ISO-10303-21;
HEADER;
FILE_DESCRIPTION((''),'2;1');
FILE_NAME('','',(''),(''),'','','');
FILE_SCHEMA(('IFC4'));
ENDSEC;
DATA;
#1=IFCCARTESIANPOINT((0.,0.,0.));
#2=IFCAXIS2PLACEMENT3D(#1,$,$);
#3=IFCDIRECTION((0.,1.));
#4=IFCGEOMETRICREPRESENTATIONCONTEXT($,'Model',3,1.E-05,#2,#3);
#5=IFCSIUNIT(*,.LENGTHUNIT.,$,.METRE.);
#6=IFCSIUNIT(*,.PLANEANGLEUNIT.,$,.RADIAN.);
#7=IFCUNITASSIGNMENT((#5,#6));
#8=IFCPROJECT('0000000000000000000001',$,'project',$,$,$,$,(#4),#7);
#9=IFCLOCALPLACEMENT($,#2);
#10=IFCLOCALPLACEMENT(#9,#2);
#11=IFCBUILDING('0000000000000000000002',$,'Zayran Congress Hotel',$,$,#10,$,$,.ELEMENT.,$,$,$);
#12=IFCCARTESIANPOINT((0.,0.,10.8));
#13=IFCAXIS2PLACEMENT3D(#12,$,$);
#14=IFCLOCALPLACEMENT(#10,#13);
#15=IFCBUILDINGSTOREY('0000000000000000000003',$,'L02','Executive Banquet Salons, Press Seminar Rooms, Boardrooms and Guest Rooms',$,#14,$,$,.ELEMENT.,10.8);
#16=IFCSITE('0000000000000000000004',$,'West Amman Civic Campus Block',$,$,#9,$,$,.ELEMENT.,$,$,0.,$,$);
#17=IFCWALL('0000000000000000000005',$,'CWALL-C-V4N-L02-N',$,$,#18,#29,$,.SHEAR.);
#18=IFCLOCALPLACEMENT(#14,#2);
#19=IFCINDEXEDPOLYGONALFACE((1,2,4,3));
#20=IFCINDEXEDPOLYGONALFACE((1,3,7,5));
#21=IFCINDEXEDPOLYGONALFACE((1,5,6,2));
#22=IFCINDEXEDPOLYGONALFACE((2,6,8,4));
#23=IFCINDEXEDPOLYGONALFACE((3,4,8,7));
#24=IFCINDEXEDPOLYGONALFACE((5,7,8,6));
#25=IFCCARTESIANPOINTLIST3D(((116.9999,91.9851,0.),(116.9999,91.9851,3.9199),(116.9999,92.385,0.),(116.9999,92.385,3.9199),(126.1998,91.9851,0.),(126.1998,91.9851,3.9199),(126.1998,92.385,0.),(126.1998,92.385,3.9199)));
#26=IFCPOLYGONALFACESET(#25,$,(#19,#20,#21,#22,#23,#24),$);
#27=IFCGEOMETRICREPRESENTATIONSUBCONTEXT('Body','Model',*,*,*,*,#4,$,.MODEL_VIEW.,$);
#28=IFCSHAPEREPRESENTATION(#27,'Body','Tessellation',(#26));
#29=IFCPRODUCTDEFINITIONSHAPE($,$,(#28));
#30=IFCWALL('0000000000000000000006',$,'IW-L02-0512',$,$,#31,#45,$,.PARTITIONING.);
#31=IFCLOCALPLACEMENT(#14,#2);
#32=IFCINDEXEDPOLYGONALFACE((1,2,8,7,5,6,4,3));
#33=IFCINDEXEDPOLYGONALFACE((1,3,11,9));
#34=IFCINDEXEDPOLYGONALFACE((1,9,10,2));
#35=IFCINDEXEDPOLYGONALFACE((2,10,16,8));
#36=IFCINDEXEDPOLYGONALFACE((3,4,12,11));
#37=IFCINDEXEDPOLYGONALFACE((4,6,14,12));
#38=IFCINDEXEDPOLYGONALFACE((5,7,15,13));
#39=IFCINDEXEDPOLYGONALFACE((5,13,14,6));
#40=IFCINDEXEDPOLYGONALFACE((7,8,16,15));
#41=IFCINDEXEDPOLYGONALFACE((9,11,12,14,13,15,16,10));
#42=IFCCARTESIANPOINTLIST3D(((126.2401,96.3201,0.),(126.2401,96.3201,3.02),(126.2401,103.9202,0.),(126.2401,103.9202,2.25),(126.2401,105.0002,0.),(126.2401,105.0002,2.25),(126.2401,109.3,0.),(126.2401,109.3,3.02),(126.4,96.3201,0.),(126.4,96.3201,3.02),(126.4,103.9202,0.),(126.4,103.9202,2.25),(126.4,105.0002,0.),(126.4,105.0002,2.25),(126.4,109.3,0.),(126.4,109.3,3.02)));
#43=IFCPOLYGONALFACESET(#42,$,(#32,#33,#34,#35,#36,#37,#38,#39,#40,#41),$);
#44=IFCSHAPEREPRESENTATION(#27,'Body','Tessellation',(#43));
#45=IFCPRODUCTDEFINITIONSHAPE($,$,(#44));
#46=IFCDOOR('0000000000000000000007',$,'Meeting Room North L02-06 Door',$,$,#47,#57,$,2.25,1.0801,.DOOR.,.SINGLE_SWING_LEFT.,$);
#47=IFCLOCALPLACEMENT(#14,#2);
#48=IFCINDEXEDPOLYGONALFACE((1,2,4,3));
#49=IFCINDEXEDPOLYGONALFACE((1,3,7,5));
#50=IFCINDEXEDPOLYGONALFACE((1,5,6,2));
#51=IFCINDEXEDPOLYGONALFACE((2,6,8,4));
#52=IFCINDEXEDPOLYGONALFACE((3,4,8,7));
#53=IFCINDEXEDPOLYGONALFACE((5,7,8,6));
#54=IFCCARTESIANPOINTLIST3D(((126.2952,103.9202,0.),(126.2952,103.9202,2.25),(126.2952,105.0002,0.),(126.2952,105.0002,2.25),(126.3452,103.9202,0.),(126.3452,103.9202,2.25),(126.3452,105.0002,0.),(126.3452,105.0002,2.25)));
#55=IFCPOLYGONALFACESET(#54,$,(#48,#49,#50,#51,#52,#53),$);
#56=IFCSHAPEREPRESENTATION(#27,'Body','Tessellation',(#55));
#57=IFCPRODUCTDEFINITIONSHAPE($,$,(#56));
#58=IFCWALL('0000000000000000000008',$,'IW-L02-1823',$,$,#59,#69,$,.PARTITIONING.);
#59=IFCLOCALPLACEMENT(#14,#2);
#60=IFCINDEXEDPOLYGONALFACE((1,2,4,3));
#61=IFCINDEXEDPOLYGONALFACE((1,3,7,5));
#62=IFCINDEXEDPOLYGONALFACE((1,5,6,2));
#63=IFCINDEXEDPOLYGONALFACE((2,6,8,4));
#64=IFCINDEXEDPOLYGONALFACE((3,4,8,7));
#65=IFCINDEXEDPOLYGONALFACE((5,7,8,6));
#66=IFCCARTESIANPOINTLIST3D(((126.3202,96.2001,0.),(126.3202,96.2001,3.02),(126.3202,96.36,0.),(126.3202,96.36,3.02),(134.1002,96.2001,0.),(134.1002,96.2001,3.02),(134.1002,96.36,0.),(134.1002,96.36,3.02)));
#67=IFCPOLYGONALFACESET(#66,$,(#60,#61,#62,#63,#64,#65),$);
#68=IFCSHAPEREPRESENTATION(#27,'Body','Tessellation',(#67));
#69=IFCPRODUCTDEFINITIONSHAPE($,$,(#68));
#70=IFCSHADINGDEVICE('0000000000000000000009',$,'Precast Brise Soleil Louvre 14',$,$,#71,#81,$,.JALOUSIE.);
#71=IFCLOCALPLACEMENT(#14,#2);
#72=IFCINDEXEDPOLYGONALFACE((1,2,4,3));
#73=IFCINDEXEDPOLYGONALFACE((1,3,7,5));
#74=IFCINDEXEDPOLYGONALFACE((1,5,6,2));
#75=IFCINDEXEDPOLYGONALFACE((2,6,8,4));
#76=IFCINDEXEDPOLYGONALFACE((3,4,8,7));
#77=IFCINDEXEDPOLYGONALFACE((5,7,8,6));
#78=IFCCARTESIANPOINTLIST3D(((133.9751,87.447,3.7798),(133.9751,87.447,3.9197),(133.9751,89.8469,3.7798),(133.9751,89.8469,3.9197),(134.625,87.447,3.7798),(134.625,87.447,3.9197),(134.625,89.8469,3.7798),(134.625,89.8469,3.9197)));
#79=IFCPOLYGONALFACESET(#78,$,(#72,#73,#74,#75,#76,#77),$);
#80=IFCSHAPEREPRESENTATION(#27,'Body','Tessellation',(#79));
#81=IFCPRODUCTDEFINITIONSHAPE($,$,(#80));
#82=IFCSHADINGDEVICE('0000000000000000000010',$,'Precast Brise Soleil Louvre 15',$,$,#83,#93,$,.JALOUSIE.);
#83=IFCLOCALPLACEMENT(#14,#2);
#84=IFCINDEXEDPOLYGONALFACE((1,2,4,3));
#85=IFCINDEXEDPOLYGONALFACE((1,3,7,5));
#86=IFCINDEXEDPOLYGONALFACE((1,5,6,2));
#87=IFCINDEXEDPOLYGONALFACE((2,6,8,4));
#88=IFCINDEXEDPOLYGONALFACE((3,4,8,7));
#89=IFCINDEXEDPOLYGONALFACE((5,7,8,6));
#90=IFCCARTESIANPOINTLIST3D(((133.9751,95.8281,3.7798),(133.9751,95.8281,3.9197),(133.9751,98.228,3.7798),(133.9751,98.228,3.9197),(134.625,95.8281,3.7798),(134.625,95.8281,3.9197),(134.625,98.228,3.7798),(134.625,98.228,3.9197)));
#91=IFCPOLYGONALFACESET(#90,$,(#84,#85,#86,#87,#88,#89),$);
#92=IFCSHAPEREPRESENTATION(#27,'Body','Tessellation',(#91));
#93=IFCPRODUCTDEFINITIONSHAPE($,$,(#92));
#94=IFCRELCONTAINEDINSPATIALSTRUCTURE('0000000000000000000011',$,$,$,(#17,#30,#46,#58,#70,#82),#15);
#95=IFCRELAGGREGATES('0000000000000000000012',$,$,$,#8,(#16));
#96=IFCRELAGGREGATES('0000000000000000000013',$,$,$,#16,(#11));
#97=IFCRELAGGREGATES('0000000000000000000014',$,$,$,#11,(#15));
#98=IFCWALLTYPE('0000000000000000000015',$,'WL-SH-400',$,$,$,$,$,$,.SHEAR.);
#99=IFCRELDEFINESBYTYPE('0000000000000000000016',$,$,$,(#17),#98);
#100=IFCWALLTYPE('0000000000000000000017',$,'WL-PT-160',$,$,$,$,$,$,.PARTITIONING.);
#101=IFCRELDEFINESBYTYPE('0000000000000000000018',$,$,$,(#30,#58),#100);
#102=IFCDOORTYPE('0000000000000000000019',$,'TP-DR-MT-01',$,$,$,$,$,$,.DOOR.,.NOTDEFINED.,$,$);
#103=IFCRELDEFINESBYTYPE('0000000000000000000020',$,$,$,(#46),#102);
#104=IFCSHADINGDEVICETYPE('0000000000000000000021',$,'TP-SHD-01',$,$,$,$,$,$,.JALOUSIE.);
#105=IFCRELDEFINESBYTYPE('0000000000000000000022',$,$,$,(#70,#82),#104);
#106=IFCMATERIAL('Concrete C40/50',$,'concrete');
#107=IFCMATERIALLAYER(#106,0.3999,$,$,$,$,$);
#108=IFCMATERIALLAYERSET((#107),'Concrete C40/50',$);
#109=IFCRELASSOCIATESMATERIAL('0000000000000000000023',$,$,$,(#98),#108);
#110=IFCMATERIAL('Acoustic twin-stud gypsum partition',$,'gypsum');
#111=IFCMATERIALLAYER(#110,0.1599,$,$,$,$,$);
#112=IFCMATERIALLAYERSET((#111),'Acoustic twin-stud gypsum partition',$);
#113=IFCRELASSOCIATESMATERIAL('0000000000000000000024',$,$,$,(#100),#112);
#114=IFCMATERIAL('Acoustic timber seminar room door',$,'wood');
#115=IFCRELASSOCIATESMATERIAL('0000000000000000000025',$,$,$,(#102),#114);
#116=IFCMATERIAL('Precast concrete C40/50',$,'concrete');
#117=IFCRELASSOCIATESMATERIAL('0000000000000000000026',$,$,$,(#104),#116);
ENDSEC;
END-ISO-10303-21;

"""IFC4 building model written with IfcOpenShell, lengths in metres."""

from ifc_helpers import new_model, si_unit, direction, frame, frame_2d, origin, origin_2d, place, context, subcontext, project, spatial, rectangle, extrude, material, layer, layer_set, type_object, element, fill, save


model = new_model("IFC4")

# Units and contexts
model_context = context("Model", 3, precision=1e-05, world=origin(), true_north=direction((0.0, 1.0)))
body_context = subcontext(model_context, "Body", "Model", "MODEL_VIEW")
ifc_project = project(units=[si_unit("LENGTHUNIT", "METRE"), si_unit("PLANEANGLEUNIT", "RADIAN")], contexts=[model_context])

# Site, building, storey
site_placement = place(None, origin())
site = spatial("IfcSite", under=ifc_project, at=site_placement, Name="West Amman Civic Campus Block", CompositionType="ELEMENT", RefElevation=0.0)
building_placement = place(site_placement, origin())
building = spatial("IfcBuilding", under=site, at=building_placement, Name="Zayran Congress Hotel", CompositionType="ELEMENT")
storey_placement = place(building_placement, frame((0.0, 0.0, 10.8)))
storey = spatial("IfcBuildingStorey", under=building, at=storey_placement, Name="L02", Description="Executive Banquet Salons, Press Seminar Rooms, Boardrooms and Guest Rooms", CompositionType="ELEMENT", Elevation=10.8)

# Shared definitions
ifc_material_1 = material(Name="Concrete C40/50", Category="concrete")

# Wall
ifc_layer_1 = layer(ifc_material_1, 0.3999)
ifc_layer_set_1 = layer_set([ifc_layer_1], Name="Concrete C40/50")
wall_type_1 = type_object("IfcWallType", Name="WL-SH-400", PredefinedType="SHEAR", material=ifc_layer_set_1)
wall_1_placement = place(storey_placement, frame((126.2, 92.1851, 0.0), z_axis=(0.0, 0.0, 1.0), x_axis=(-1.0, 0.0, 0.0)))
element("IfcWall", 1, at=wall_1_placement, inside=storey, type_object=wall_type_1, Name="CWALL-C-V4N-L02-N", PredefinedType="SHEAR", context=body_context, shape_type="SweptSolid", body=[
    extrude(rectangle(XDim=9.2, YDim=0.3999, at=frame_2d((4.6001, 0.0))), origin(), (0.0, 0.0, 1.0), 3.9199),
])

# Wall, opening, door
ifc_material_2 = material(Name="Acoustic twin-stud gypsum partition", Category="gypsum")
ifc_layer_2 = layer(ifc_material_2, 0.1599)
ifc_layer_set_2 = layer_set([ifc_layer_2], Name="Acoustic twin-stud gypsum partition")
wall_type_2 = type_object("IfcWallType", Name="WL-PT-160", PredefinedType="PARTITIONING", material=ifc_layer_set_2)
wall_2_placement = place(storey_placement, frame((126.3201, 96.3201, 0.0), z_axis=(0.0, 0.0, 1.0), x_axis=(0.0, 1.0, 0.0)))
wall_2 = element("IfcWall", 2, at=wall_2_placement, inside=storey, type_object=wall_type_2, Name="IW-L02-0512", PredefinedType="PARTITIONING", context=body_context, shape_type="SweptSolid", body=[
    extrude(rectangle(XDim=12.98, YDim=0.1599, at=frame_2d((6.49, 0.0))), origin(), (0.0, 0.0, 1.0), 3.02),
])
opening_1_placement = place(wall_2_placement, frame((7.6001, 0.0, 0.0)))
opening_1 = element("IfcOpeningElement", 3, at=opening_1_placement, cuts=wall_2, PredefinedType="OPENING", context=body_context, shape_type="SweptSolid", body=[
    extrude(rectangle(XDim=1.0801, YDim=2.25, at=frame_2d((0.54, 1.125))), frame((0.0, 0.0898, 0.0), z_axis=(0.0, -1.0, 0.0), x_axis=(1.0, 0.0, 0.0)), (0.0, 0.0, 1.0), 0.1799),
])
ifc_material_3 = material(Name="Acoustic timber seminar room door", Category="wood")
door_type = type_object("IfcDoorType", Name="TP-DR-MT-01", OperationType="NOTDEFINED", PredefinedType="DOOR", material=ifc_material_3)
door_placement = place(opening_1_placement, origin())
door = element("IfcDoor", 4, at=door_placement, inside=storey, type_object=door_type, Name="Meeting Room North L02-06 Door", OperationType="SINGLE_SWING_LEFT", OverallHeight=2.25, OverallWidth=1.0801, PredefinedType="DOOR", context=body_context, shape_type="SweptSolid", body=[
    extrude(rectangle(XDim=1.0801, YDim=2.25, at=frame_2d((0.54, 1.125))), frame((0.0, 0.0249, 0.0), z_axis=(0.0, -1.0, 0.0), x_axis=(1.0, 0.0, 0.0)), (0.0, 0.0, 1.0), 0.05),
])
fill(opening_1, door)

# Wall
wall_3_placement = place(storey_placement, frame((126.3201, 96.28, 0.0), z_axis=(0.0, 0.0, 1.0), x_axis=(1.0, 0.0, 0.0)))
element("IfcWall", 5, at=wall_3_placement, inside=storey, type_object=wall_type_2, Name="IW-L02-1823", PredefinedType="PARTITIONING", context=body_context, shape_type="SweptSolid", body=[
    extrude(rectangle(XDim=7.78, YDim=0.1599, at=frame_2d((3.8901, 0.0))), origin(), (0.0, 0.0, 1.0), 3.02),
])

# Shading devices
ifc_material_4 = material(Name="Precast concrete C40/50", Category="concrete")
shading_device_type = type_object("IfcShadingDeviceType", Name="TP-SHD-01", PredefinedType="JALOUSIE", material=ifc_material_4)
for number, where, z_axis, x_axis, name in (
    (6, (134.3, 88.647, 3.7798), (0.0, 0.0, 1.0), (0.0, 1.0, 0.0), "Precast Brise Soleil Louvre 14"),
    (7, (134.3, 97.0281, 3.7798), (0.0, 0.0, 1.0), (0.0, 1.0, 0.0), "Precast Brise Soleil Louvre 15"),
):
    element("IfcShadingDevice", number, at=place(storey_placement, frame(where, z_axis=z_axis, x_axis=x_axis)), inside=storey, type_object=shading_device_type, Name=name, PredefinedType="JALOUSIE", context=body_context, shape_type="SweptSolid", body=[
        extrude(rectangle(XDim=2.3999, YDim=0.6499, at=origin_2d()), origin(), (0.0, 0.0, 1.0), 0.1399),
    ])

save(model, "model.ifc")
